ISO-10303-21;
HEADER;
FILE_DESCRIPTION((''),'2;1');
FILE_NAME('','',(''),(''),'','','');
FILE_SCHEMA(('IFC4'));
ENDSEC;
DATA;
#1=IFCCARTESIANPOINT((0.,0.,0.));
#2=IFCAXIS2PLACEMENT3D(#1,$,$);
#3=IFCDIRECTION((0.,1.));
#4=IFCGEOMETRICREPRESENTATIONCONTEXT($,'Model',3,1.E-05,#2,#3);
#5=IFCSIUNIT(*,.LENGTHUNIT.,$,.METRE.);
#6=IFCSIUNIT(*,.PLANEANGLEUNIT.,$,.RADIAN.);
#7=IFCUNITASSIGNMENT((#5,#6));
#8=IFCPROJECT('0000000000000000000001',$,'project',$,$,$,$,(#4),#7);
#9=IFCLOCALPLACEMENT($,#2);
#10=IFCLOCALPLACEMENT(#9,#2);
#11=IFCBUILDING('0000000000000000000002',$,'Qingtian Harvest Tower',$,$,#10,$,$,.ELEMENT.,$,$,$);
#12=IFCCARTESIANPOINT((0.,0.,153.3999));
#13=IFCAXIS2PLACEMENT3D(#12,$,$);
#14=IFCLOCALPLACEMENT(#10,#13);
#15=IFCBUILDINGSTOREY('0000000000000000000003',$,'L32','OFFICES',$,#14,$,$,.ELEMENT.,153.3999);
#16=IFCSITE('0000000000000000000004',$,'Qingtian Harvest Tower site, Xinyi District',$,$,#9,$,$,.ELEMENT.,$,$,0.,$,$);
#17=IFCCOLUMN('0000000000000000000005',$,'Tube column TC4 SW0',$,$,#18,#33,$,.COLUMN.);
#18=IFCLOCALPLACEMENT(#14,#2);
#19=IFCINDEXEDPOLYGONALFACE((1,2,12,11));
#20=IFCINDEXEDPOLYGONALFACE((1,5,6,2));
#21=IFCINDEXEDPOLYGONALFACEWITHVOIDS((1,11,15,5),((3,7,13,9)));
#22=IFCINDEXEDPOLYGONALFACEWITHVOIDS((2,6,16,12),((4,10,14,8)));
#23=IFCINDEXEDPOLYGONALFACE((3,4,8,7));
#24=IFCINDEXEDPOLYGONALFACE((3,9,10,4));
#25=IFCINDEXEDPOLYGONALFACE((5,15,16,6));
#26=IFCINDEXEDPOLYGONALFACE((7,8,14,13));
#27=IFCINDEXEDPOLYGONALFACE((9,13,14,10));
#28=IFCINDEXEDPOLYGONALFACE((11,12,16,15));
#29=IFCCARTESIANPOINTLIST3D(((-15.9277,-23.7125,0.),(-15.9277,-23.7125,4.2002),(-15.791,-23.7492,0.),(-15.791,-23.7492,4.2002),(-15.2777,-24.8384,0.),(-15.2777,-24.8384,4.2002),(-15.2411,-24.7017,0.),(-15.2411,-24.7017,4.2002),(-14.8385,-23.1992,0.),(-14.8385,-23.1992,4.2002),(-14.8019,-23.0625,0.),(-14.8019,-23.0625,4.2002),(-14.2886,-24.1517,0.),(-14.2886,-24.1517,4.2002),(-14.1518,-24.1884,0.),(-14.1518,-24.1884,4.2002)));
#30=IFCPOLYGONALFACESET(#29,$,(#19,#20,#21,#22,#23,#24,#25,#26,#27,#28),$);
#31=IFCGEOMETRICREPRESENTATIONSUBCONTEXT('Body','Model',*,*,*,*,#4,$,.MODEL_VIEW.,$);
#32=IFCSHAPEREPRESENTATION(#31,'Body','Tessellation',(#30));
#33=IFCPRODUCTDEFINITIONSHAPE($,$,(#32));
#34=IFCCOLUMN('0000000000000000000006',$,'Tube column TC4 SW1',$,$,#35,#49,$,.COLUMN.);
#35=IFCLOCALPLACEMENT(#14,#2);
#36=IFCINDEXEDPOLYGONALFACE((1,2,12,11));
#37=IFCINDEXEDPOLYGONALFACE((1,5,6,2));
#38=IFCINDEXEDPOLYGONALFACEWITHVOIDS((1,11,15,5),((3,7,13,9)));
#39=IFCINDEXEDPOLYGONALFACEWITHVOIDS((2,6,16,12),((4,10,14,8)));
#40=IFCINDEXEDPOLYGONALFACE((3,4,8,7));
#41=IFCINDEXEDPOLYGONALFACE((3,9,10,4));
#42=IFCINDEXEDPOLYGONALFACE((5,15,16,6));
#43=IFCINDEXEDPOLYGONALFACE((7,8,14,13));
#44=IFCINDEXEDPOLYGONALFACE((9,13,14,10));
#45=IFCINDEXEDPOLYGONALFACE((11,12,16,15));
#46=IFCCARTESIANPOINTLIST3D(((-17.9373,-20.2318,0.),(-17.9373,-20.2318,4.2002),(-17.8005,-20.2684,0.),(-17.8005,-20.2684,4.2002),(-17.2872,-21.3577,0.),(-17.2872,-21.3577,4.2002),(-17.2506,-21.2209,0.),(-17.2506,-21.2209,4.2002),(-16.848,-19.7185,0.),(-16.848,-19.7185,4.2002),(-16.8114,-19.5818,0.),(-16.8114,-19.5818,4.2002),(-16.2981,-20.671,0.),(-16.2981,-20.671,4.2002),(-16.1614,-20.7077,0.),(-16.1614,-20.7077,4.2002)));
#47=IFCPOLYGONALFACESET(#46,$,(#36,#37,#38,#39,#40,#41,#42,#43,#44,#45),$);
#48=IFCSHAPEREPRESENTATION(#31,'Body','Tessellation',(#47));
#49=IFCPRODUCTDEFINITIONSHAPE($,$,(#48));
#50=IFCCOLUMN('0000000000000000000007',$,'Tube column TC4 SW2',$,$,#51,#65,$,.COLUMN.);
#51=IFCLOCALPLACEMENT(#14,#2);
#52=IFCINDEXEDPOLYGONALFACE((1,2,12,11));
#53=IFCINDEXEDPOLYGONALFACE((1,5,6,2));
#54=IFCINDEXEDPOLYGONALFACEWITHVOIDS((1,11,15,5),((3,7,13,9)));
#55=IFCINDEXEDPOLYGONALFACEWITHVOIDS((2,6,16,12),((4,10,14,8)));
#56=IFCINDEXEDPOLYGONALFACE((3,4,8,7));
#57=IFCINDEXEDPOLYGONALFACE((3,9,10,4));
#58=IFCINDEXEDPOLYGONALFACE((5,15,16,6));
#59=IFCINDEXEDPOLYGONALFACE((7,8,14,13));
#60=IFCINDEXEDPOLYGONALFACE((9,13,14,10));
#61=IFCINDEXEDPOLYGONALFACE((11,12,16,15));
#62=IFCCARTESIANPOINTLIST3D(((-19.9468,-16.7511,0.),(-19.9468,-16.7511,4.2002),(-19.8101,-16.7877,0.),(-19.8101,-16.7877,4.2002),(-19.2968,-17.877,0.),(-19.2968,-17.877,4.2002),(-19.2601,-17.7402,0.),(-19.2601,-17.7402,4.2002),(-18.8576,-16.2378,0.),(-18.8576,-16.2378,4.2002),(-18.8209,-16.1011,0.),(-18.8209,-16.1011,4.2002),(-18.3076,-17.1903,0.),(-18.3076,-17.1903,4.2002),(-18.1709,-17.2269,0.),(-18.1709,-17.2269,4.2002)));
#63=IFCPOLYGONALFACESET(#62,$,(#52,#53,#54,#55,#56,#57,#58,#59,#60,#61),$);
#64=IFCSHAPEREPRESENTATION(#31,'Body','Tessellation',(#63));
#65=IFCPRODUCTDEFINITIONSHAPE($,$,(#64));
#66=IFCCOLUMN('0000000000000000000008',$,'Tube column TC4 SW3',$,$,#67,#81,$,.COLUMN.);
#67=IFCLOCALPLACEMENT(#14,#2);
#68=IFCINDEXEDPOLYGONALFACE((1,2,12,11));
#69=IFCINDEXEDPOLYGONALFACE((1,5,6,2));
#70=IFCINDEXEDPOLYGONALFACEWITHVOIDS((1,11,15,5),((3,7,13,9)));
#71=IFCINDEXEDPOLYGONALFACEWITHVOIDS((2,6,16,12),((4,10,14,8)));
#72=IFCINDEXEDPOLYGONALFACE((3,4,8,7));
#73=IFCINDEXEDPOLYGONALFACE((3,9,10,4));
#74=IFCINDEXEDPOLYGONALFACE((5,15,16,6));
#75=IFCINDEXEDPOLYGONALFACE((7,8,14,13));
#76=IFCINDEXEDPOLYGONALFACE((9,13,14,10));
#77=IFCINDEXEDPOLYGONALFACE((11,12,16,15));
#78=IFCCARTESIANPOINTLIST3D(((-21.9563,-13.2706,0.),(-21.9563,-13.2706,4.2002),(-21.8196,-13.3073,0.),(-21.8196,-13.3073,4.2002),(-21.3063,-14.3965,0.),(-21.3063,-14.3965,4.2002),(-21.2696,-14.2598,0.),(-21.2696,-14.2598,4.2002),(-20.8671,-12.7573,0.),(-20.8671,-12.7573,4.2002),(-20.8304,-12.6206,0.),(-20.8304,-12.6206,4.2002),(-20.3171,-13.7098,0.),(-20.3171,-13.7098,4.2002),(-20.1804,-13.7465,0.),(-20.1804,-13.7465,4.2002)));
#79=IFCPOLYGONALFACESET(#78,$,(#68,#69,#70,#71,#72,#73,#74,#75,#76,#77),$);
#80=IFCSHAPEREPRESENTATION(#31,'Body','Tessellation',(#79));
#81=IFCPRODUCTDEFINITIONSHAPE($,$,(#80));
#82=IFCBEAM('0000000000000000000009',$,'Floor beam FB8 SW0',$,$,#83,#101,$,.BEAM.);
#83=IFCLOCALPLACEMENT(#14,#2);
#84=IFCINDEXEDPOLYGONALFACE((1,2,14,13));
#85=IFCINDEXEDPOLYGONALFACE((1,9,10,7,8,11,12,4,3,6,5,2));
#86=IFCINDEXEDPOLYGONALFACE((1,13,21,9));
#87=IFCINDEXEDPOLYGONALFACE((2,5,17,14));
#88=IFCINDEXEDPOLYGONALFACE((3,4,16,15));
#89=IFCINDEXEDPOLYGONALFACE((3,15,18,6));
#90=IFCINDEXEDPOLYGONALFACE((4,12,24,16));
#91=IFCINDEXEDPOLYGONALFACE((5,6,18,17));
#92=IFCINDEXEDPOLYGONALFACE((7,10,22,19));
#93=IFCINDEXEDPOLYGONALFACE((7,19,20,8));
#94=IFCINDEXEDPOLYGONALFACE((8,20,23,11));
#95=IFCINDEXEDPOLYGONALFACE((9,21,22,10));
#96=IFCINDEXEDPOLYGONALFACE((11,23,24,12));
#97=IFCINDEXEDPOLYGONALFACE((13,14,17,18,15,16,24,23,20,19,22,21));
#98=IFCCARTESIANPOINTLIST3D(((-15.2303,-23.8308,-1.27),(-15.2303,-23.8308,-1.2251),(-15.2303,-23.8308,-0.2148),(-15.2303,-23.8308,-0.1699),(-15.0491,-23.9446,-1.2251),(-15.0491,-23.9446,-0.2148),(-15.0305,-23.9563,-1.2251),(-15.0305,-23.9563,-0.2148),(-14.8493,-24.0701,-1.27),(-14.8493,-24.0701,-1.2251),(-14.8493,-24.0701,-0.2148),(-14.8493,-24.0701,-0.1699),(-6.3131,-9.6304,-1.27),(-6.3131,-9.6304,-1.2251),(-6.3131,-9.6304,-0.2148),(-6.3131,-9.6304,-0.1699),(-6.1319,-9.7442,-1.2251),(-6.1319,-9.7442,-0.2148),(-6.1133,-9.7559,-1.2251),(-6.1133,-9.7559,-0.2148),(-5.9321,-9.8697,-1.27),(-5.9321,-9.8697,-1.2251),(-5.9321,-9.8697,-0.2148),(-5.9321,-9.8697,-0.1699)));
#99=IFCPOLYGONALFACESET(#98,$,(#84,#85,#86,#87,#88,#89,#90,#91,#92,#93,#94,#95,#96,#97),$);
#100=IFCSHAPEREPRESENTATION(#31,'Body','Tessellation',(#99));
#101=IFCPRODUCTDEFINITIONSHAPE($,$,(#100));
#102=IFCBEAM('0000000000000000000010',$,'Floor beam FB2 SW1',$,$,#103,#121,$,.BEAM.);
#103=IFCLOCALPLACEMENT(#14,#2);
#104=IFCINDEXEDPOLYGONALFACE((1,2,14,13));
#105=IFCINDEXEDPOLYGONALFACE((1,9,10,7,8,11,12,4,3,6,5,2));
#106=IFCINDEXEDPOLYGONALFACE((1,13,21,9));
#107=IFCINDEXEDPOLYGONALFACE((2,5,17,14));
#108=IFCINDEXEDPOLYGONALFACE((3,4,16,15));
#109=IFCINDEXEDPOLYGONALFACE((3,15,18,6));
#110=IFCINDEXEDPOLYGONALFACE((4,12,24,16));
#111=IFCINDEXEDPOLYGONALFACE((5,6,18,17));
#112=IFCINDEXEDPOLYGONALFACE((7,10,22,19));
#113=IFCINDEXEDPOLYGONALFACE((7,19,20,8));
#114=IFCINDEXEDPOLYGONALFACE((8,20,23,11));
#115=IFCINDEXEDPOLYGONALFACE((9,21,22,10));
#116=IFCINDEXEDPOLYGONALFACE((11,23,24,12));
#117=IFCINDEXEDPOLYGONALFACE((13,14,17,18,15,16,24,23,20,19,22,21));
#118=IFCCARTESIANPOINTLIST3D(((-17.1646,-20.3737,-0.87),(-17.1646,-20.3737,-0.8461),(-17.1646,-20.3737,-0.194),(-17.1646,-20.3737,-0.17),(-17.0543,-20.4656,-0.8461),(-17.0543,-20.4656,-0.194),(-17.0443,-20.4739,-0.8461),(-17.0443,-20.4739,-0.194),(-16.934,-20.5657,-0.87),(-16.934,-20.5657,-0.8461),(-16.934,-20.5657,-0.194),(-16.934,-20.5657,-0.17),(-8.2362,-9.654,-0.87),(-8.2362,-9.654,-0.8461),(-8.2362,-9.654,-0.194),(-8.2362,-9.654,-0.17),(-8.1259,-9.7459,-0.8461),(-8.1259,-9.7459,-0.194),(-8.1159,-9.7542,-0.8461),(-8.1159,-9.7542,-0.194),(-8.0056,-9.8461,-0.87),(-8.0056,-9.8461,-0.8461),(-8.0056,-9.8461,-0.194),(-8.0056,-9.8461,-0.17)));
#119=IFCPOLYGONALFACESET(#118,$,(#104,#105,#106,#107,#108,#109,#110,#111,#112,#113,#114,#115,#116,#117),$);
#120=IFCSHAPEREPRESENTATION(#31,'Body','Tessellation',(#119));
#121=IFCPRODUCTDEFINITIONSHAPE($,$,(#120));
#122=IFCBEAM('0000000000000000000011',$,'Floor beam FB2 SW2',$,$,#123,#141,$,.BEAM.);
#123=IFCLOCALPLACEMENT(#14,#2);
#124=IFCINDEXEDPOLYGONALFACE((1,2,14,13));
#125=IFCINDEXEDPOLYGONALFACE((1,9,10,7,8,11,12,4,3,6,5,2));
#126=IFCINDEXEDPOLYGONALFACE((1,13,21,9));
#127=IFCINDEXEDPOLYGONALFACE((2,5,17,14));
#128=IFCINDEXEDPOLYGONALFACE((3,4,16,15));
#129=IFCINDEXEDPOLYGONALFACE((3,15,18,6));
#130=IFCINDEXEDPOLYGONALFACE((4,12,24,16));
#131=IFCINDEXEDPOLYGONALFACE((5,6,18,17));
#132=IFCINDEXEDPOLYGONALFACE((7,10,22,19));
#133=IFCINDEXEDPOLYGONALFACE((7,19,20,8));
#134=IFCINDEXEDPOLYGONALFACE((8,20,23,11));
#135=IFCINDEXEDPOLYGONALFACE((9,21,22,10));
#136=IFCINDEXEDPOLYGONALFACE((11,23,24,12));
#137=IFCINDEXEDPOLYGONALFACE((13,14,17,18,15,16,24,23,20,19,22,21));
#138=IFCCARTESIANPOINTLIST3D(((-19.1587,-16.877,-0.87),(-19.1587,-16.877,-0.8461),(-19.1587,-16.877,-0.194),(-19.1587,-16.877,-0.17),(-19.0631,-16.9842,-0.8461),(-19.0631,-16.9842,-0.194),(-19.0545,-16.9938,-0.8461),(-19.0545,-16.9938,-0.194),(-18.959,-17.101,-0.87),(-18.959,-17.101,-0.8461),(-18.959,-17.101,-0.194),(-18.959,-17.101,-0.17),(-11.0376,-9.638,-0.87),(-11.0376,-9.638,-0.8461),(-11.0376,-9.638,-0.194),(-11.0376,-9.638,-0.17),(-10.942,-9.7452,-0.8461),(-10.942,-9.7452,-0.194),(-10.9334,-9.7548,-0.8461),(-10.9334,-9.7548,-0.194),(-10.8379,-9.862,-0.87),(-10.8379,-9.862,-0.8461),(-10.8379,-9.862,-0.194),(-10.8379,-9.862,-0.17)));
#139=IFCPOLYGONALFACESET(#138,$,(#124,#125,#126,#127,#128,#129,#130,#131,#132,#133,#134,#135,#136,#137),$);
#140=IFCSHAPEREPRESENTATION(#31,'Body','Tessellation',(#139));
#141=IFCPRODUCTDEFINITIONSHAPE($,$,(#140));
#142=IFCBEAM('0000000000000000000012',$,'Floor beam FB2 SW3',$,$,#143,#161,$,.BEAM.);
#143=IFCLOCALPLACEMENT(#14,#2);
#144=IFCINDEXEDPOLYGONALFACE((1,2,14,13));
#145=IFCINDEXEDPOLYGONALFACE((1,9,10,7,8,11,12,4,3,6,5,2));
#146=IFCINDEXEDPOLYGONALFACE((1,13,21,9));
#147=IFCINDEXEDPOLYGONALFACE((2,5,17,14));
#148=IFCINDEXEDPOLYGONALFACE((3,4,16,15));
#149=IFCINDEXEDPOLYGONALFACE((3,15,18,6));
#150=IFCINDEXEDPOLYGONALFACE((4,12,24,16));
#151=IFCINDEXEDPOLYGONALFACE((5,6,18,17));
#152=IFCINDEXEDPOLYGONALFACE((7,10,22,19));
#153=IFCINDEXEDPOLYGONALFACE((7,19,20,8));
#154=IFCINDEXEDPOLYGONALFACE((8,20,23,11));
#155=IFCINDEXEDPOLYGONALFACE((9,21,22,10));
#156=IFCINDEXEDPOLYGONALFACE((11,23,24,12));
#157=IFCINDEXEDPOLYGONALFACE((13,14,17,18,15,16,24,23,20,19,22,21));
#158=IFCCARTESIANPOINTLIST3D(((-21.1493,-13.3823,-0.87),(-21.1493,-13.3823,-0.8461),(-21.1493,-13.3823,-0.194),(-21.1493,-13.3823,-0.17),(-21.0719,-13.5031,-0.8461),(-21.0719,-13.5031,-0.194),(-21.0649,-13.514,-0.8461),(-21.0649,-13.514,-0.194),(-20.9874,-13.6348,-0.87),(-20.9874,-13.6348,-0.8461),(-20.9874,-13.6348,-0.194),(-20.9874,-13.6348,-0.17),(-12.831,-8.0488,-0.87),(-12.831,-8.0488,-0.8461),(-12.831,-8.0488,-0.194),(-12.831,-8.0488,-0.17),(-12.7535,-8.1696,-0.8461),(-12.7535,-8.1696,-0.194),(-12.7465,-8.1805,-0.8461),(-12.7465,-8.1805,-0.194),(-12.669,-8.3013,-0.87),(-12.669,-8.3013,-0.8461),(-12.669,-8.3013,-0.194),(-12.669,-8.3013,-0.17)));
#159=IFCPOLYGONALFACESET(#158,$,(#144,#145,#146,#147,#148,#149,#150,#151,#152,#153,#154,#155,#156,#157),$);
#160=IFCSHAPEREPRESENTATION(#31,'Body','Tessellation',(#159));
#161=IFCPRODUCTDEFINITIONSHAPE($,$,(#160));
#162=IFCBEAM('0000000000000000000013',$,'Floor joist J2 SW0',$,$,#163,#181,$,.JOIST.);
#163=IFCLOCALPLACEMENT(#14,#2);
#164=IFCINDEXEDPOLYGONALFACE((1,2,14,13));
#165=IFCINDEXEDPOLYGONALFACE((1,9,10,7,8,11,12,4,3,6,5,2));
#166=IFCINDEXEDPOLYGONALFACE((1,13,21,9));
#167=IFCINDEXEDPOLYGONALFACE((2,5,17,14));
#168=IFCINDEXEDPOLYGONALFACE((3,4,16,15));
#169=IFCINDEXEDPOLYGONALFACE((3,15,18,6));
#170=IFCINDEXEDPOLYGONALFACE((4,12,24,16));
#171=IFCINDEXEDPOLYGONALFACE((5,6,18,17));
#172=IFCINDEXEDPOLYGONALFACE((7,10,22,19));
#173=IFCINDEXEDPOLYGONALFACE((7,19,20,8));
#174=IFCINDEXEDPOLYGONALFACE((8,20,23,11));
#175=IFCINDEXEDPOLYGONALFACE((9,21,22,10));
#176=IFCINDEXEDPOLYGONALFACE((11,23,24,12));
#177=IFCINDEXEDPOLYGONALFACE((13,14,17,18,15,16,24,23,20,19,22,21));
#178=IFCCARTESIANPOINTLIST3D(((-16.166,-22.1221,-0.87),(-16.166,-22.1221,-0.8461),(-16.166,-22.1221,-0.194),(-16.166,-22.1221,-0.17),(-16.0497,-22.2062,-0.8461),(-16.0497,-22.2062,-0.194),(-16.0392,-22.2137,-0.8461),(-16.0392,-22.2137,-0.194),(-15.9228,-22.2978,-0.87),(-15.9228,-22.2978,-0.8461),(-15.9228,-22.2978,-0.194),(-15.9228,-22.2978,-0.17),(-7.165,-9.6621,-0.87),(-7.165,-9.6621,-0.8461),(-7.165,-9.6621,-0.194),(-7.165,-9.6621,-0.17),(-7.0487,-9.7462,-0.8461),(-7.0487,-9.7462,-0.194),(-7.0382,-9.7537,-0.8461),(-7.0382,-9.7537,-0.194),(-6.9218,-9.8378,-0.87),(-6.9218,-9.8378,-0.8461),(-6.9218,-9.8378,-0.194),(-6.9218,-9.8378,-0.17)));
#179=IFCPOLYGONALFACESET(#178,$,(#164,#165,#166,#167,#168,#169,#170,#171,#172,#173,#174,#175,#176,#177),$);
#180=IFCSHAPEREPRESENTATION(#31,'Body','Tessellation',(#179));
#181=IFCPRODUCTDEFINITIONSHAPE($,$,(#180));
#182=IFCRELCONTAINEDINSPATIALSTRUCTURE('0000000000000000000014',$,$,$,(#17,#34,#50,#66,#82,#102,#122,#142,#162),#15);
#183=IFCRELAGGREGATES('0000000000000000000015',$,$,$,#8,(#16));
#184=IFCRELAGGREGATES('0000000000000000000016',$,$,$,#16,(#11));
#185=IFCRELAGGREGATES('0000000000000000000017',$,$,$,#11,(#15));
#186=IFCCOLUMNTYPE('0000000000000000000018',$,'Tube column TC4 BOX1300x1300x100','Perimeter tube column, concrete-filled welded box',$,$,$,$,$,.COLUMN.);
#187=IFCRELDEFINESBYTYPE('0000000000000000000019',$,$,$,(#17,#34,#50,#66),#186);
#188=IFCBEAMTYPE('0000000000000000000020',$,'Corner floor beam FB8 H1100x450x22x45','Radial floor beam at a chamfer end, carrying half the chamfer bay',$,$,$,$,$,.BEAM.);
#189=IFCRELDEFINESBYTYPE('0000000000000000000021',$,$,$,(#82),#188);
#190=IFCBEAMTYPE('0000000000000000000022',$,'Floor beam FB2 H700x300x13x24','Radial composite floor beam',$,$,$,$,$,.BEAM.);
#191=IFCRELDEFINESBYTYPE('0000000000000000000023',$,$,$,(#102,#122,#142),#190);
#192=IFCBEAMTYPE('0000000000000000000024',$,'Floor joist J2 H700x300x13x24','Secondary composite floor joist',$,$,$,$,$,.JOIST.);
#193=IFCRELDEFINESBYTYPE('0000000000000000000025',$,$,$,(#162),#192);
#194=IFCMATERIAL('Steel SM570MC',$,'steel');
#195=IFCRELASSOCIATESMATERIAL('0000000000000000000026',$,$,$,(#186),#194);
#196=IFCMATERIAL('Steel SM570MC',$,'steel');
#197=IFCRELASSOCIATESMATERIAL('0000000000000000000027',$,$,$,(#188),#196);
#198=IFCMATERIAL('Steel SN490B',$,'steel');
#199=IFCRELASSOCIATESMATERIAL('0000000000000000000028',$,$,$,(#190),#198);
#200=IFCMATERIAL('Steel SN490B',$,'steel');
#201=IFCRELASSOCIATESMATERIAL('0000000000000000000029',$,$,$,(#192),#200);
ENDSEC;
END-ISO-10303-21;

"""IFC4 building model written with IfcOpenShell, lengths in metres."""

from ifc_helpers import new_model, si_unit, direction, frame, origin, origin_2d, place, context, subcontext, project, spatial, hollow_rectangle, i_section, extrude, material, material_profile, profile_set, type_object, element, save


model = new_model("IFC4")

# Units and contexts
model_context = context("Model", 3, precision=1e-05, world=origin(), true_north=direction((0.0, 1.0)))
body_context = subcontext(model_context, "Body", "Model", "MODEL_VIEW")
ifc_project = project(units=[si_unit("LENGTHUNIT", "METRE"), si_unit("PLANEANGLEUNIT", "RADIAN")], contexts=[model_context])

# Site, building, storey
site_placement = place(None, origin())
site = spatial("IfcSite", under=ifc_project, at=site_placement, Name="Qingtian Harvest Tower site, Xinyi District", CompositionType="ELEMENT", RefElevation=0.0)
building_placement = place(site_placement, origin())
building = spatial("IfcBuilding", under=site, at=building_placement, Name="Qingtian Harvest Tower", CompositionType="ELEMENT")
storey_placement = place(building_placement, frame((0.0, 0.0, 153.3999)))
storey = spatial("IfcBuildingStorey", under=building, at=storey_placement, Name="L32", Description="OFFICES", CompositionType="ELEMENT", Elevation=153.3999)

# Columns
ifc_material_1 = material(Name="Steel SM570MC", Category="steel")
ifc_material_profile_1 = material_profile(ifc_material_1, hollow_rectangle(XDim=1.3, YDim=1.3, WallThickness=0.1001, at=origin_2d()), Name="BOX1300x1300x100")
ifc_profile_set_1 = profile_set([ifc_material_profile_1], Name="Steel SM570MC")
column_type = type_object("IfcColumnType", Name="Tube column TC4 BOX1300x1300x100", Description="Perimeter tube column, concrete-filled welded box", PredefinedType="COLUMN", material=ifc_profile_set_1)
for number, where, z_axis, x_axis, name in (
    (1, (-15.0398, -23.9504, 0.0), (0.0, 0.0, 1.0), (0.5, -0.866025, 0.0), "Tube column TC4 SW0"),
    (2, (-17.0493, -20.4697, 0.0), (0.0, 0.0, 1.0), (0.5, -0.866025, 0.0), "Tube column TC4 SW1"),
    (3, (-19.0588, -16.989, 0.0), (0.0, 0.0, 1.0), (0.5, -0.866025, 0.0), "Tube column TC4 SW2"),
    (4, (-21.0684, -13.5085, 0.0), (0.0, 0.0, 1.0), (0.5, -0.866025, 0.0), "Tube column TC4 SW3"),
):
    element("IfcColumn", number, at=place(storey_placement, frame(where, z_axis=z_axis, x_axis=x_axis)), inside=storey, type_object=column_type, Name=name, PredefinedType="COLUMN", context=body_context, shape_type="SweptSolid", body=[
        extrude(hollow_rectangle(XDim=1.3, YDim=1.3, WallThickness=0.1001, at=origin_2d()), origin(), (0.0, 0.0, 1.0), 4.2002),
    ])

# Beams
ifc_material_2 = material(Name="Steel SM570MC", Category="steel")
ifc_material_profile_2 = material_profile(ifc_material_2, i_section(OverallWidth=0.45, OverallDepth=1.1001, WebThickness=0.022, FlangeThickness=0.0449, at=origin_2d()), Name="H1100x450x22x45")
ifc_profile_set_2 = profile_set([ifc_material_profile_2], Name="Steel SM570MC")
beam_type_1 = type_object("IfcBeamType", Name="Corner floor beam FB8 H1100x450x22x45", Description="Radial floor beam at a chamfer end, carrying half the chamfer bay", PredefinedType="BEAM", material=ifc_profile_set_2)
beam_1_placement = place(storey_placement, frame((-15.0398, -23.9504, -0.72), z_axis=(0.531797, 0.846872, 0.0), x_axis=(-0.846872, 0.531797, 0.0)))
element("IfcBeam", 5, at=beam_1_placement, inside=storey, type_object=beam_type_1, Name="Floor beam FB8 SW0", PredefinedType="BEAM", context=body_context, shape_type="SweptSolid", body=[
    extrude(i_section(OverallWidth=0.45, OverallDepth=1.1001, WebThickness=0.022, FlangeThickness=0.0449, at=origin_2d()), origin(), (0.0, 0.0, 1.0), 16.7681),
])
ifc_material_3 = material(Name="Steel SN490B", Category="steel")
ifc_material_profile_3 = material_profile(ifc_material_3, i_section(OverallWidth=0.3, OverallDepth=0.7, WebThickness=0.0129, FlangeThickness=0.0239, at=origin_2d()), Name="H700x300x13x24")
ifc_profile_set_3 = profile_set([ifc_material_profile_3], Name="Steel SN490B")
beam_type_2 = type_object("IfcBeamType", Name="Floor beam FB2 H700x300x13x24", Description="Radial composite floor beam", PredefinedType="BEAM", material=ifc_profile_set_3)
beam_2_placement = place(storey_placement, frame((-17.0493, -20.4697, -0.52), z_axis=(0.639988, 0.768385, 0.0), x_axis=(-0.768385, 0.639988, 0.0)))
element("IfcBeam", 6, at=beam_2_placement, inside=storey, type_object=beam_type_2, Name="Floor beam FB2 SW1", PredefinedType="BEAM", context=body_context, shape_type="SweptSolid", body=[
    extrude(i_section(OverallWidth=0.3, OverallDepth=0.7, WebThickness=0.0129, FlangeThickness=0.0239, at=origin_2d()), origin(), (0.0, 0.0, 1.0), 13.9509),
])
beam_3_placement = place(storey_placement, frame((-19.0588, -16.989, -0.52), z_axis=(0.746484, 0.665404, 0.0), x_axis=(-0.665404, 0.746484, 0.0)))
element("IfcBeam", 7, at=beam_3_placement, inside=storey, type_object=beam_type_2, Name="Floor beam FB2 SW2", PredefinedType="BEAM", context=body_context, shape_type="SweptSolid", body=[
    extrude(i_section(OverallWidth=0.3, OverallDepth=0.7, WebThickness=0.0129, FlangeThickness=0.0239, at=origin_2d()), origin(), (0.0, 0.0, 1.0), 10.8792),
])
beam_4_placement = place(storey_placement, frame((-21.0684, -13.5085, -0.52), z_axis=(0.841823, 0.539753, 0.0), x_axis=(-0.539753, 0.841823, 0.0)))
element("IfcBeam", 8, at=beam_4_placement, inside=storey, type_object=beam_type_2, Name="Floor beam FB2 SW3", PredefinedType="BEAM", context=body_context, shape_type="SweptSolid", body=[
    extrude(i_section(OverallWidth=0.3, OverallDepth=0.7, WebThickness=0.0129, FlangeThickness=0.0239, at=origin_2d()), origin(), (0.0, 0.0, 1.0), 9.8813),
])
ifc_material_4 = material(Name="Steel SN490B", Category="steel")
ifc_material_profile_4 = material_profile(ifc_material_4, i_section(OverallWidth=0.3, OverallDepth=0.7, WebThickness=0.0129, FlangeThickness=0.0239, at=origin_2d()), Name="H700x300x13x24")
ifc_profile_set_4 = profile_set([ifc_material_profile_4], Name="Steel SN490B")
beam_type_3 = type_object("IfcBeamType", Name="Floor joist J2 H700x300x13x24", Description="Secondary composite floor joist", PredefinedType="JOIST", material=ifc_profile_set_4)
beam_5_placement = place(storey_placement, frame((-16.0444, -22.21, -0.52), z_axis=(0.585581, 0.810614, 0.0), x_axis=(-0.810614, 0.585581, 0.0)))
element("IfcBeam", 9, at=beam_5_placement, inside=storey, type_object=beam_type_3, Name="Floor joist J2 SW0", PredefinedType="JOIST", context=body_context, shape_type="SweptSolid", body=[
    extrude(i_section(OverallWidth=0.3, OverallDepth=0.7, WebThickness=0.0129, FlangeThickness=0.0239, at=origin_2d()), origin(), (0.0, 0.0, 1.0), 15.3711),
])

save(model, "model.ifc")
